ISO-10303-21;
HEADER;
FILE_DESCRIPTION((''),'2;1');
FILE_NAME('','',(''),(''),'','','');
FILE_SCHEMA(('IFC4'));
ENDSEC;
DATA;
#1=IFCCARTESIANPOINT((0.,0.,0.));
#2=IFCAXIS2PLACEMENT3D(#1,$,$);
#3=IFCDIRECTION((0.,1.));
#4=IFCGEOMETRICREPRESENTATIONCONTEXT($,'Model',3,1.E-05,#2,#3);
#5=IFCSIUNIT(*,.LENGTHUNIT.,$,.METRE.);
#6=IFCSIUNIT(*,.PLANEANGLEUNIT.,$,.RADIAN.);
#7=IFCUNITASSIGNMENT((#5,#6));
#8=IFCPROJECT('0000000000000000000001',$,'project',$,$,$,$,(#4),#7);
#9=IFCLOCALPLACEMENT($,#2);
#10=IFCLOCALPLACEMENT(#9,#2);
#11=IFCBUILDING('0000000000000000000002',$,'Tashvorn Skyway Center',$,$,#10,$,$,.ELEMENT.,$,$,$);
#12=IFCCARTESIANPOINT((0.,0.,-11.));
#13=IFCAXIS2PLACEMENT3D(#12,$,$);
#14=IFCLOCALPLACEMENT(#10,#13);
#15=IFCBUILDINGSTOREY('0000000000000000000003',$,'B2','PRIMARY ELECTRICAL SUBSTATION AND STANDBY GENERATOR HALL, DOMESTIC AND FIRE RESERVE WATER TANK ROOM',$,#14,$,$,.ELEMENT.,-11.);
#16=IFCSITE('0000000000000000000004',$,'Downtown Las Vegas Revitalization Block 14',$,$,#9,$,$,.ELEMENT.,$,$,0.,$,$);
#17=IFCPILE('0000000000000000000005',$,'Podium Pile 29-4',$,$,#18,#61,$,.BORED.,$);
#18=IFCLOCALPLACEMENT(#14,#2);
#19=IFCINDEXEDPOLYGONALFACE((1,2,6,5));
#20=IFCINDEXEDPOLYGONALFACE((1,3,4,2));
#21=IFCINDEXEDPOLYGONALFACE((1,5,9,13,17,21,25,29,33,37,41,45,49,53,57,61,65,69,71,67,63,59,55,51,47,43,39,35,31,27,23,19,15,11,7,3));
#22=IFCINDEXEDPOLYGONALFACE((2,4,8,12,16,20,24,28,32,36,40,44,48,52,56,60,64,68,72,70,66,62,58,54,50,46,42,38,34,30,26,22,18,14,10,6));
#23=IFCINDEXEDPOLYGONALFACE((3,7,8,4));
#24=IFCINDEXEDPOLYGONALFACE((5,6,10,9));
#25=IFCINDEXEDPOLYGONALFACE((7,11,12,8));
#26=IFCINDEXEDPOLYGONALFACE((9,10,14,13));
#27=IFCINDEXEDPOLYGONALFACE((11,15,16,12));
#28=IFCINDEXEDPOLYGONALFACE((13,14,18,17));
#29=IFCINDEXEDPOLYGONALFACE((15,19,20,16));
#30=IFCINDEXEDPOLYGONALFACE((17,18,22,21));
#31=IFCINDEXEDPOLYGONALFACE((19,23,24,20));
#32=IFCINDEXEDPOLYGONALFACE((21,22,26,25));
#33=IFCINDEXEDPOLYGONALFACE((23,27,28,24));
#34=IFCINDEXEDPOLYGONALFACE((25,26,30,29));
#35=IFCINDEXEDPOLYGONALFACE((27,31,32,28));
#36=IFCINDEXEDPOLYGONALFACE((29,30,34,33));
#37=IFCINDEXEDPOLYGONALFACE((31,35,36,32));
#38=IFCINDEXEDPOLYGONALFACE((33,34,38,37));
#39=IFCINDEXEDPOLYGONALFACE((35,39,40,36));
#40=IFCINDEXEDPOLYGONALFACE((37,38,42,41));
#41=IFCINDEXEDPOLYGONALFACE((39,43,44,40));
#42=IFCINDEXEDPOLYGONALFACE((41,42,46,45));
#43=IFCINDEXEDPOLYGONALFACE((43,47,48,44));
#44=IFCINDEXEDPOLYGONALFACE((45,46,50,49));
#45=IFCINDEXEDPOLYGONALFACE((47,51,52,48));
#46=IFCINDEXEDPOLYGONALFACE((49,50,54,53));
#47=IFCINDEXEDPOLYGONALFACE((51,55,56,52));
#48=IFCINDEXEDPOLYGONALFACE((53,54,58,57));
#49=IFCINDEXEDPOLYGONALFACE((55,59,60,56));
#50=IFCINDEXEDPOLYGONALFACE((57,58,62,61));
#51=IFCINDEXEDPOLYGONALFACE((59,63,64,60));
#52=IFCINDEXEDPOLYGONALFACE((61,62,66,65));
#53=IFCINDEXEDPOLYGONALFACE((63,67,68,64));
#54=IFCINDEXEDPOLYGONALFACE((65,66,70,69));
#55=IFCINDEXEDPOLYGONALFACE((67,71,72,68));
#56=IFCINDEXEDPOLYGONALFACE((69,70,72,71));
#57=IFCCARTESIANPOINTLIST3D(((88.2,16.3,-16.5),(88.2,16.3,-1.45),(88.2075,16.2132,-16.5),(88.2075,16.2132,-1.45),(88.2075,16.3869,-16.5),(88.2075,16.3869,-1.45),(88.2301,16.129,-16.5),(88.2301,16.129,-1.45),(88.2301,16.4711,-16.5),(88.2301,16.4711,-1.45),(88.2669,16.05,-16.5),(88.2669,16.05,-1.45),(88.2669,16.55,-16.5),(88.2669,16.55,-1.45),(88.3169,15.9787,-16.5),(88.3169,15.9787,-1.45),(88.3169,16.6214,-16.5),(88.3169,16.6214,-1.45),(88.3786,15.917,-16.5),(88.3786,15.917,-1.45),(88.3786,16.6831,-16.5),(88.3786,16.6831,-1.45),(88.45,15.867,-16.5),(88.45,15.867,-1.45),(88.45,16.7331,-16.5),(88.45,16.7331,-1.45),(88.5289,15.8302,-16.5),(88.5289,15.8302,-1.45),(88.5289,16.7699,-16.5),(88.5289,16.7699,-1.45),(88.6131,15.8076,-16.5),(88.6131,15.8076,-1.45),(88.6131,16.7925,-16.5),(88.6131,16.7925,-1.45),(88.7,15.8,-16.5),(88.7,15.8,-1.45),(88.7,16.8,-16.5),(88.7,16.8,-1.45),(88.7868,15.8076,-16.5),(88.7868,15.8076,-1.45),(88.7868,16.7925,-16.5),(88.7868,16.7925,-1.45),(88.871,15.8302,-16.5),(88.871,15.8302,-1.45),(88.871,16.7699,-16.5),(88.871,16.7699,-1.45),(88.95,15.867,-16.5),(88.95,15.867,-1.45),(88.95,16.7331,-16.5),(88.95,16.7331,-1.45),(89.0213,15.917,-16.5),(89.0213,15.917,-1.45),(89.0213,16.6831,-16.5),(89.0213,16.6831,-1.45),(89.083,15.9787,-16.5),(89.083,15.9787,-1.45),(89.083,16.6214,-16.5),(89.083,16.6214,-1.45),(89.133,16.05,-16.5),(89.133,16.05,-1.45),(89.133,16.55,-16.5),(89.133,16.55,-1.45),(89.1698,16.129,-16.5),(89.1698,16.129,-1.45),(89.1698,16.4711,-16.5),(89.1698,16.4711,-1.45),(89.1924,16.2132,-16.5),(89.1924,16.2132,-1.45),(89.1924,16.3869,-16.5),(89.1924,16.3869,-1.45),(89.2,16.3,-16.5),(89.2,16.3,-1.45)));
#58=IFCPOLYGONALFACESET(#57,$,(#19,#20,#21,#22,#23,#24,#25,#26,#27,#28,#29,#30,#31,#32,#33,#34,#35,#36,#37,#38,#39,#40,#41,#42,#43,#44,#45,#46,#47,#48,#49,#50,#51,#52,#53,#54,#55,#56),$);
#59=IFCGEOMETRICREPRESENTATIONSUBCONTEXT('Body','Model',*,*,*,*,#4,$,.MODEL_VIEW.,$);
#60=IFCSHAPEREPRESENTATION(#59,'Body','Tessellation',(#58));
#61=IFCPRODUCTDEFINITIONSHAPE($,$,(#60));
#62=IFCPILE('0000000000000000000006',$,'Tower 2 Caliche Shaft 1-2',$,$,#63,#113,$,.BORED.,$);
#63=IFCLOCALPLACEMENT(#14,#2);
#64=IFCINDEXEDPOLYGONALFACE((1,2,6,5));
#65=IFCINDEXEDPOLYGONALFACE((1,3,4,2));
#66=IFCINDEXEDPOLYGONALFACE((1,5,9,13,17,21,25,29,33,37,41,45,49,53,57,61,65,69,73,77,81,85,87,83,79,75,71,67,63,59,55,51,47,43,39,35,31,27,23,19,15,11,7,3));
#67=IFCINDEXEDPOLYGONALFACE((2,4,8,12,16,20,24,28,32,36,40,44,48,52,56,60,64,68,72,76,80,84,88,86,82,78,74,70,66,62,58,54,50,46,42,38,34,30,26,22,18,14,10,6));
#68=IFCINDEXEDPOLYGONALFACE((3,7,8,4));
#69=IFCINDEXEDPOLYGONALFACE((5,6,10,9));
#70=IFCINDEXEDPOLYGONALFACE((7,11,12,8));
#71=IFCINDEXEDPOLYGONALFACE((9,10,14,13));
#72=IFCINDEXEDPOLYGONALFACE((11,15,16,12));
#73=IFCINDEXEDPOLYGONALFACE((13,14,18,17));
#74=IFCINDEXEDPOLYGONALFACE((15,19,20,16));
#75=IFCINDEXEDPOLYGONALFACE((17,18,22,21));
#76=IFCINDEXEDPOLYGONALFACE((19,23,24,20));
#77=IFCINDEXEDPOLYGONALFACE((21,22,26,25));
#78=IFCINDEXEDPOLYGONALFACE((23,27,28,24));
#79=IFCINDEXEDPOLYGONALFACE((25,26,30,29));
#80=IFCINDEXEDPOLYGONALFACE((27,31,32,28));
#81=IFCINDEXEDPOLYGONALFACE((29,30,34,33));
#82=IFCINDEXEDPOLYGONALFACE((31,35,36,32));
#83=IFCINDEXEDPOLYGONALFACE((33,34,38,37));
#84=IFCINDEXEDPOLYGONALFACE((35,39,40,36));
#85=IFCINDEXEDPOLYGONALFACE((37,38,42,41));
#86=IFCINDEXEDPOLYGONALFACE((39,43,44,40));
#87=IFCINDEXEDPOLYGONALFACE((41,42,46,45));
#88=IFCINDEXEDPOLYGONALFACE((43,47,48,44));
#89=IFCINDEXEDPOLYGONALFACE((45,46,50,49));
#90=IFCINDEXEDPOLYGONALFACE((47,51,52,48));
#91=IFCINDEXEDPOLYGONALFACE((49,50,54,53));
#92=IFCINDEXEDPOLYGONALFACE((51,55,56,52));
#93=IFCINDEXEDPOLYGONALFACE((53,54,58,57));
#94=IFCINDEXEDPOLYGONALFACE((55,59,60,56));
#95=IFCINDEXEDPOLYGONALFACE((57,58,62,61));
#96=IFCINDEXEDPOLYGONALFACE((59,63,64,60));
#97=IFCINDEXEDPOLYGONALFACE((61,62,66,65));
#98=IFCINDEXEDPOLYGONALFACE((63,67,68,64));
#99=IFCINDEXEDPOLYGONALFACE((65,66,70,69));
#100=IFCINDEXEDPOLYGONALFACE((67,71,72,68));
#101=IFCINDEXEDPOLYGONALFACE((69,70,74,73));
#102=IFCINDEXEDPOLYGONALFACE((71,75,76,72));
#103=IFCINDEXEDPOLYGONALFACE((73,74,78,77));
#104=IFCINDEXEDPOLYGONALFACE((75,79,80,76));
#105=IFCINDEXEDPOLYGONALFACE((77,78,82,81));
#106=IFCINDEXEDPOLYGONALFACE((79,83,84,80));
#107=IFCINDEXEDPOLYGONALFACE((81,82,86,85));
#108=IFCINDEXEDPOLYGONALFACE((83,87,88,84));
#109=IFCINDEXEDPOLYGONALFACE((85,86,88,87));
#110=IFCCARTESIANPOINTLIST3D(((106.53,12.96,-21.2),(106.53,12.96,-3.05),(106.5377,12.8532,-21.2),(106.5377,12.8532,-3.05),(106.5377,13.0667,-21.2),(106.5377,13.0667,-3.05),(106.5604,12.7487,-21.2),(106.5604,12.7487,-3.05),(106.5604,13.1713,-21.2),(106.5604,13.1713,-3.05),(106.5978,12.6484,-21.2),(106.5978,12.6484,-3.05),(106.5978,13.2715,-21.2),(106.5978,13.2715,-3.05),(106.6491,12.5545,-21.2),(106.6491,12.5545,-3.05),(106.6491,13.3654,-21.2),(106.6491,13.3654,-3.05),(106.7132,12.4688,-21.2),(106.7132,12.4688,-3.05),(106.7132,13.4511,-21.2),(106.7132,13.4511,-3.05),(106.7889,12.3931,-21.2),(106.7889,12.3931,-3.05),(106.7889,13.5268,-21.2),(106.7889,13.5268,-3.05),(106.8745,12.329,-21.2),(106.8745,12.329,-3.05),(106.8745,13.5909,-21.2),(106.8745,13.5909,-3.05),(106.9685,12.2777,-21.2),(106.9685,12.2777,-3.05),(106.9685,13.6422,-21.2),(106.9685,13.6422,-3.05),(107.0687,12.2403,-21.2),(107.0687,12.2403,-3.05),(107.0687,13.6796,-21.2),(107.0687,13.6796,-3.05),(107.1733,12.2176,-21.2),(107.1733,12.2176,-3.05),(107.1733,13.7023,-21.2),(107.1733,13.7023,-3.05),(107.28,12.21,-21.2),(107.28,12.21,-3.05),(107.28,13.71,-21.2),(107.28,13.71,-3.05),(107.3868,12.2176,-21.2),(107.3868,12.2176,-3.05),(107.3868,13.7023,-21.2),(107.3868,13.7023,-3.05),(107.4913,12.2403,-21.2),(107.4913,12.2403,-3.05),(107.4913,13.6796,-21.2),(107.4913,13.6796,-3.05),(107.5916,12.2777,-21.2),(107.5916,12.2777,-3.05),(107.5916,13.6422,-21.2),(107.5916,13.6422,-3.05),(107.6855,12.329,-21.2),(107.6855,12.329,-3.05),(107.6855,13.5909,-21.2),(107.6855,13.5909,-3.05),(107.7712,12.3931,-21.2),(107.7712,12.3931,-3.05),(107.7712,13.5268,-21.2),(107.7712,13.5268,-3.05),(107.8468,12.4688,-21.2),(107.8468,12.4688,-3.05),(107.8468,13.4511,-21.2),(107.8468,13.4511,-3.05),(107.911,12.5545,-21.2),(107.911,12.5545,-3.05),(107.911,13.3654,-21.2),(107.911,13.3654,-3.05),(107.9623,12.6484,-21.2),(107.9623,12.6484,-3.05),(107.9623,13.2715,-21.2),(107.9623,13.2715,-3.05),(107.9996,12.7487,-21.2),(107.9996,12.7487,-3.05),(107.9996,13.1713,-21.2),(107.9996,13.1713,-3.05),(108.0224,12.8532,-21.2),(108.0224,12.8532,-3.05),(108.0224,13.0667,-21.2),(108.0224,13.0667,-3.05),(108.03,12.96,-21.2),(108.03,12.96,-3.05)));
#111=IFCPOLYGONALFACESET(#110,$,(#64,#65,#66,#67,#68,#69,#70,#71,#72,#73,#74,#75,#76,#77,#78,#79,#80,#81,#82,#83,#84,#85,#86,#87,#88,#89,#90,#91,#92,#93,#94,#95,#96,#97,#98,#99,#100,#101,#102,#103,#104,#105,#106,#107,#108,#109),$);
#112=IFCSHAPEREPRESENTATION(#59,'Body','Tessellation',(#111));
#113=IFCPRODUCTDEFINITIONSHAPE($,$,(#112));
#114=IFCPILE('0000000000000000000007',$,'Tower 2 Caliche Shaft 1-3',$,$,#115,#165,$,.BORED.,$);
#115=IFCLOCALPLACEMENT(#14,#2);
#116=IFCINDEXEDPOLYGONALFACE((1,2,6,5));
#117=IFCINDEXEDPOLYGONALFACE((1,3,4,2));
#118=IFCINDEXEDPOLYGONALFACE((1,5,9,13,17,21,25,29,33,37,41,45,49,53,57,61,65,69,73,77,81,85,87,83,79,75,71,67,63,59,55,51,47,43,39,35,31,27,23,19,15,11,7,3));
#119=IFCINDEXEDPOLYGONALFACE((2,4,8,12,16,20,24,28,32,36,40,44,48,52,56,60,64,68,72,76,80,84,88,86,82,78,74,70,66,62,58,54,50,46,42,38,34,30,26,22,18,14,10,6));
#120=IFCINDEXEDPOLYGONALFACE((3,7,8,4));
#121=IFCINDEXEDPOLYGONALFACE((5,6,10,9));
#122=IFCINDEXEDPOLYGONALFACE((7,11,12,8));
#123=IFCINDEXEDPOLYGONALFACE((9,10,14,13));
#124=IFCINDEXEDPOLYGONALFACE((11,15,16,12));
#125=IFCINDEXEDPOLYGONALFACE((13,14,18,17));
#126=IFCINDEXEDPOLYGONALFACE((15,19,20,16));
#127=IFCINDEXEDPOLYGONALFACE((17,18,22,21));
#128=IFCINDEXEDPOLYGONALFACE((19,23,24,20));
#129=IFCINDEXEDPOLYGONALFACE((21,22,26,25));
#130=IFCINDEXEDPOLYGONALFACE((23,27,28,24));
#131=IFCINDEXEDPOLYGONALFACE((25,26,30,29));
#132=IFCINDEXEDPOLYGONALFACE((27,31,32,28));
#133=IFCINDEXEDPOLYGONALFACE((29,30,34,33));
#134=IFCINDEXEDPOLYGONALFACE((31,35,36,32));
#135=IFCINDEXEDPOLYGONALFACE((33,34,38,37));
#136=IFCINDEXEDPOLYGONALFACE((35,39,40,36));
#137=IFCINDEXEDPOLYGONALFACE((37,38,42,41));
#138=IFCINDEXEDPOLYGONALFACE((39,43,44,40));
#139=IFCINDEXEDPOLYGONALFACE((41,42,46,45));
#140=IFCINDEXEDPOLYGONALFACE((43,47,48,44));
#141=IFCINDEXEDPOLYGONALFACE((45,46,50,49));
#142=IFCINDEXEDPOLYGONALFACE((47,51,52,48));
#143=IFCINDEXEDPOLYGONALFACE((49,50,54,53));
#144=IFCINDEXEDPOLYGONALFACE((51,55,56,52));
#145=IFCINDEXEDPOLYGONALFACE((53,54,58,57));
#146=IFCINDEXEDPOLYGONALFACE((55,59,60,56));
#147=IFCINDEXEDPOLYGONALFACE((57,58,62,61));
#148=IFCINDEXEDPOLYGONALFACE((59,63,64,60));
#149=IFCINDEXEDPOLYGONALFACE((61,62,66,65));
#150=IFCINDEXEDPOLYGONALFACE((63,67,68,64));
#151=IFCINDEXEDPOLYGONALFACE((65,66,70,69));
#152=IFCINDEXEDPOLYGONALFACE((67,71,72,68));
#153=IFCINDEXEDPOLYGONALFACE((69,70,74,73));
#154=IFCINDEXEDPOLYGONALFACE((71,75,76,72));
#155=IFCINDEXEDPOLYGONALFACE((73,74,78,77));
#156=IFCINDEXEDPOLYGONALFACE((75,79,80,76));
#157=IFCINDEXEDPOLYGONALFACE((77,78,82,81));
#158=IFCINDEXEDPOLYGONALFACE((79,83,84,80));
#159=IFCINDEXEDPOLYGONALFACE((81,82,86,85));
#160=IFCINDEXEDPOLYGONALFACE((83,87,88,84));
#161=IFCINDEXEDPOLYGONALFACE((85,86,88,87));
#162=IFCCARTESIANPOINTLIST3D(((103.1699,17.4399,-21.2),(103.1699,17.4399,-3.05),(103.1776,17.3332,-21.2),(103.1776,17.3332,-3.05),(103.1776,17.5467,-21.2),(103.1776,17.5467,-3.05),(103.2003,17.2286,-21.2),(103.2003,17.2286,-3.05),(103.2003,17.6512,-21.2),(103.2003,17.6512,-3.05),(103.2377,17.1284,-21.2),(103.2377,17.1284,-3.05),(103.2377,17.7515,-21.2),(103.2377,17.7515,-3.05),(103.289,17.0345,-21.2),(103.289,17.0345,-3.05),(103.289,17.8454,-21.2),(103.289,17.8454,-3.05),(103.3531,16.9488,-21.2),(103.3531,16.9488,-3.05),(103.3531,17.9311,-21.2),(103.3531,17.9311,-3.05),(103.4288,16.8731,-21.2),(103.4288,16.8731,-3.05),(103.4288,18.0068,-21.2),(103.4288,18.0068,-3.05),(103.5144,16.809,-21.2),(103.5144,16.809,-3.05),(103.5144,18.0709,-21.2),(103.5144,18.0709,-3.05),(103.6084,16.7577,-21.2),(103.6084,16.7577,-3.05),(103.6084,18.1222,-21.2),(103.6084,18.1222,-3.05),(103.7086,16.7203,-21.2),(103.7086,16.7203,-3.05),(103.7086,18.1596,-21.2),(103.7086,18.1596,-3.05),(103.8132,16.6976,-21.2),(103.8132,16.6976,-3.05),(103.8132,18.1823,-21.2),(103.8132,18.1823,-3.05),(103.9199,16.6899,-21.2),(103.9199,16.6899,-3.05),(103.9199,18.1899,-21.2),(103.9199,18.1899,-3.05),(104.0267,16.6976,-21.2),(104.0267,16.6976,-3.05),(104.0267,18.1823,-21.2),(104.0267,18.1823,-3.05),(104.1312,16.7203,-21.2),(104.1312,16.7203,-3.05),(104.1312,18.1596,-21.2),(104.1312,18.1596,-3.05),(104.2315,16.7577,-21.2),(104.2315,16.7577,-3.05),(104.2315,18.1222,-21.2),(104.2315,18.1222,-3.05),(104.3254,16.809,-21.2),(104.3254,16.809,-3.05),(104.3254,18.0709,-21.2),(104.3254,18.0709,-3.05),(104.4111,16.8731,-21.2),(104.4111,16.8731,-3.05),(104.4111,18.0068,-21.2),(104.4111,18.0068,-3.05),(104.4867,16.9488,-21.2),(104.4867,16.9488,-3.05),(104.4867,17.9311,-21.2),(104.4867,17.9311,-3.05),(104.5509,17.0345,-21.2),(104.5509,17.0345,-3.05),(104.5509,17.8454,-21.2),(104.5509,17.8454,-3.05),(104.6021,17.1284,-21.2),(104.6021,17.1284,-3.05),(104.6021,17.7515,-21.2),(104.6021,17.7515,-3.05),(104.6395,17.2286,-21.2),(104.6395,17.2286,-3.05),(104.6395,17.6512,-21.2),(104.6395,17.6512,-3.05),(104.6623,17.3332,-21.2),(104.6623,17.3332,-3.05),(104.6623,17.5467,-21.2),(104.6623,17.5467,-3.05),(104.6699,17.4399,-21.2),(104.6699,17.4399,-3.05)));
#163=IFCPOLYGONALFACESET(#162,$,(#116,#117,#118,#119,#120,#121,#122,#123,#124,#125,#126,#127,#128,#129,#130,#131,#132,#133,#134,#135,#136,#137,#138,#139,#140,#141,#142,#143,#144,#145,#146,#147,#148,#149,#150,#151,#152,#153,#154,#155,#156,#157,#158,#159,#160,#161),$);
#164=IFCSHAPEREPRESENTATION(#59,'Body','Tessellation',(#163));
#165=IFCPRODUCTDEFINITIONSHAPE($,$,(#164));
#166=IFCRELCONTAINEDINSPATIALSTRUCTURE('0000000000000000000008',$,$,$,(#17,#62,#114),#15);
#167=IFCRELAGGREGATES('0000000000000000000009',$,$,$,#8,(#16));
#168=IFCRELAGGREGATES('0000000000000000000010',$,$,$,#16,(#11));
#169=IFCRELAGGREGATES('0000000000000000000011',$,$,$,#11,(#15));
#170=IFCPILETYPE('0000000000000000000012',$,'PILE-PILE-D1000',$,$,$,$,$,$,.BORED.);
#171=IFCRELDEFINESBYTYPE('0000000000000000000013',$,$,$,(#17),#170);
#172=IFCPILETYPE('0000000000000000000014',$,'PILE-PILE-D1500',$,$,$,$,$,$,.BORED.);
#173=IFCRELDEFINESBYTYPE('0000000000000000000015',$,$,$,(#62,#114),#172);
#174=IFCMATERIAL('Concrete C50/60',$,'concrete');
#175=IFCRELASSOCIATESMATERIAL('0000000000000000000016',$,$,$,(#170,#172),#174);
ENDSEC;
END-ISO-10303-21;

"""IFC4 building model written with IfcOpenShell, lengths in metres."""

from ifc_helpers import new_model, si_unit, direction, frame, origin, origin_2d, place, context, subcontext, project, spatial, circle, extrude, material, material_profile, profile_set, type_object, element, save


model = new_model("IFC4")

# Units and contexts
model_context = context("Model", 3, precision=1e-05, world=origin(), true_north=direction((0.0, 1.0)))
body_context = subcontext(model_context, "Body", "Model", "MODEL_VIEW")
ifc_project = project(units=[si_unit("LENGTHUNIT", "METRE"), si_unit("PLANEANGLEUNIT", "RADIAN")], contexts=[model_context])

# Site, building, storey
site_placement = place(None, origin())
site = spatial("IfcSite", under=ifc_project, at=site_placement, Name="Downtown Las Vegas Revitalization Block 14", CompositionType="ELEMENT", RefElevation=0.0)
building_placement = place(site_placement, origin())
building = spatial("IfcBuilding", under=site, at=building_placement, Name="Tashvorn Skyway Center", CompositionType="ELEMENT")
storey_placement = place(building_placement, frame((0.0, 0.0, -11.0)))
storey = spatial("IfcBuildingStorey", under=building, at=storey_placement, Name="B2", Description="PRIMARY ELECTRICAL SUBSTATION AND STANDBY GENERATOR HALL, DOMESTIC AND FIRE RESERVE WATER TANK ROOM", CompositionType="ELEMENT", Elevation=-11.0)

# Piles
ifc_material_1 = material(Name="Concrete C50/60", Category="concrete")
ifc_material_profile_1 = material_profile(ifc_material_1, circle(Radius=0.5, at=origin_2d()), Name="PILE-D1000")
ifc_profile_set_1 = profile_set([ifc_material_profile_1], Name="Concrete C50/60")
pile_type_1 = type_object("IfcPileType", Name="PILE-PILE-D1000", PredefinedType="BORED", material=ifc_profile_set_1)
pile_placement = place(storey_placement, frame((88.7, 16.3, -1.45), z_axis=(0.0, 0.0, -1.0), x_axis=(1.0, 0.0, 0.0)))
element("IfcPile", 1, at=pile_placement, inside=storey, type_object=pile_type_1, Name="Podium Pile 29-4", PredefinedType="BORED", context=body_context, shape_type="SweptSolid", body=[
    extrude(circle(Radius=0.5, at=origin_2d()), origin(), (0.0, 0.0, 1.0), 15.05),
])
ifc_material_profile_2 = material_profile(ifc_material_1, circle(Radius=0.75, at=origin_2d()), Name="PILE-D1500")
ifc_profile_set_2 = profile_set([ifc_material_profile_2], Name="Concrete C50/60")
pile_type_2 = type_object("IfcPileType", Name="PILE-PILE-D1500", PredefinedType="BORED", material=ifc_profile_set_2)
for number, where, z_axis, x_axis, name in (
    (2, (107.28, 12.96, -3.05), (0.0, 0.0, -1.0), (1.0, 0.0, 0.0), "Tower 2 Caliche Shaft 1-2"),
    (3, (103.9199, 17.4399, -3.05), (0.0, 0.0, -1.0), (1.0, 0.0, 0.0), "Tower 2 Caliche Shaft 1-3"),
):
    element("IfcPile", number, at=place(storey_placement, frame(where, z_axis=z_axis, x_axis=x_axis)), inside=storey, type_object=pile_type_2, Name=name, PredefinedType="BORED", context=body_context, shape_type="SweptSolid", body=[
        extrude(circle(Radius=0.75, at=origin_2d()), origin(), (0.0, 0.0, 1.0), 18.1499),
    ])

save(model, "model.ifc")
